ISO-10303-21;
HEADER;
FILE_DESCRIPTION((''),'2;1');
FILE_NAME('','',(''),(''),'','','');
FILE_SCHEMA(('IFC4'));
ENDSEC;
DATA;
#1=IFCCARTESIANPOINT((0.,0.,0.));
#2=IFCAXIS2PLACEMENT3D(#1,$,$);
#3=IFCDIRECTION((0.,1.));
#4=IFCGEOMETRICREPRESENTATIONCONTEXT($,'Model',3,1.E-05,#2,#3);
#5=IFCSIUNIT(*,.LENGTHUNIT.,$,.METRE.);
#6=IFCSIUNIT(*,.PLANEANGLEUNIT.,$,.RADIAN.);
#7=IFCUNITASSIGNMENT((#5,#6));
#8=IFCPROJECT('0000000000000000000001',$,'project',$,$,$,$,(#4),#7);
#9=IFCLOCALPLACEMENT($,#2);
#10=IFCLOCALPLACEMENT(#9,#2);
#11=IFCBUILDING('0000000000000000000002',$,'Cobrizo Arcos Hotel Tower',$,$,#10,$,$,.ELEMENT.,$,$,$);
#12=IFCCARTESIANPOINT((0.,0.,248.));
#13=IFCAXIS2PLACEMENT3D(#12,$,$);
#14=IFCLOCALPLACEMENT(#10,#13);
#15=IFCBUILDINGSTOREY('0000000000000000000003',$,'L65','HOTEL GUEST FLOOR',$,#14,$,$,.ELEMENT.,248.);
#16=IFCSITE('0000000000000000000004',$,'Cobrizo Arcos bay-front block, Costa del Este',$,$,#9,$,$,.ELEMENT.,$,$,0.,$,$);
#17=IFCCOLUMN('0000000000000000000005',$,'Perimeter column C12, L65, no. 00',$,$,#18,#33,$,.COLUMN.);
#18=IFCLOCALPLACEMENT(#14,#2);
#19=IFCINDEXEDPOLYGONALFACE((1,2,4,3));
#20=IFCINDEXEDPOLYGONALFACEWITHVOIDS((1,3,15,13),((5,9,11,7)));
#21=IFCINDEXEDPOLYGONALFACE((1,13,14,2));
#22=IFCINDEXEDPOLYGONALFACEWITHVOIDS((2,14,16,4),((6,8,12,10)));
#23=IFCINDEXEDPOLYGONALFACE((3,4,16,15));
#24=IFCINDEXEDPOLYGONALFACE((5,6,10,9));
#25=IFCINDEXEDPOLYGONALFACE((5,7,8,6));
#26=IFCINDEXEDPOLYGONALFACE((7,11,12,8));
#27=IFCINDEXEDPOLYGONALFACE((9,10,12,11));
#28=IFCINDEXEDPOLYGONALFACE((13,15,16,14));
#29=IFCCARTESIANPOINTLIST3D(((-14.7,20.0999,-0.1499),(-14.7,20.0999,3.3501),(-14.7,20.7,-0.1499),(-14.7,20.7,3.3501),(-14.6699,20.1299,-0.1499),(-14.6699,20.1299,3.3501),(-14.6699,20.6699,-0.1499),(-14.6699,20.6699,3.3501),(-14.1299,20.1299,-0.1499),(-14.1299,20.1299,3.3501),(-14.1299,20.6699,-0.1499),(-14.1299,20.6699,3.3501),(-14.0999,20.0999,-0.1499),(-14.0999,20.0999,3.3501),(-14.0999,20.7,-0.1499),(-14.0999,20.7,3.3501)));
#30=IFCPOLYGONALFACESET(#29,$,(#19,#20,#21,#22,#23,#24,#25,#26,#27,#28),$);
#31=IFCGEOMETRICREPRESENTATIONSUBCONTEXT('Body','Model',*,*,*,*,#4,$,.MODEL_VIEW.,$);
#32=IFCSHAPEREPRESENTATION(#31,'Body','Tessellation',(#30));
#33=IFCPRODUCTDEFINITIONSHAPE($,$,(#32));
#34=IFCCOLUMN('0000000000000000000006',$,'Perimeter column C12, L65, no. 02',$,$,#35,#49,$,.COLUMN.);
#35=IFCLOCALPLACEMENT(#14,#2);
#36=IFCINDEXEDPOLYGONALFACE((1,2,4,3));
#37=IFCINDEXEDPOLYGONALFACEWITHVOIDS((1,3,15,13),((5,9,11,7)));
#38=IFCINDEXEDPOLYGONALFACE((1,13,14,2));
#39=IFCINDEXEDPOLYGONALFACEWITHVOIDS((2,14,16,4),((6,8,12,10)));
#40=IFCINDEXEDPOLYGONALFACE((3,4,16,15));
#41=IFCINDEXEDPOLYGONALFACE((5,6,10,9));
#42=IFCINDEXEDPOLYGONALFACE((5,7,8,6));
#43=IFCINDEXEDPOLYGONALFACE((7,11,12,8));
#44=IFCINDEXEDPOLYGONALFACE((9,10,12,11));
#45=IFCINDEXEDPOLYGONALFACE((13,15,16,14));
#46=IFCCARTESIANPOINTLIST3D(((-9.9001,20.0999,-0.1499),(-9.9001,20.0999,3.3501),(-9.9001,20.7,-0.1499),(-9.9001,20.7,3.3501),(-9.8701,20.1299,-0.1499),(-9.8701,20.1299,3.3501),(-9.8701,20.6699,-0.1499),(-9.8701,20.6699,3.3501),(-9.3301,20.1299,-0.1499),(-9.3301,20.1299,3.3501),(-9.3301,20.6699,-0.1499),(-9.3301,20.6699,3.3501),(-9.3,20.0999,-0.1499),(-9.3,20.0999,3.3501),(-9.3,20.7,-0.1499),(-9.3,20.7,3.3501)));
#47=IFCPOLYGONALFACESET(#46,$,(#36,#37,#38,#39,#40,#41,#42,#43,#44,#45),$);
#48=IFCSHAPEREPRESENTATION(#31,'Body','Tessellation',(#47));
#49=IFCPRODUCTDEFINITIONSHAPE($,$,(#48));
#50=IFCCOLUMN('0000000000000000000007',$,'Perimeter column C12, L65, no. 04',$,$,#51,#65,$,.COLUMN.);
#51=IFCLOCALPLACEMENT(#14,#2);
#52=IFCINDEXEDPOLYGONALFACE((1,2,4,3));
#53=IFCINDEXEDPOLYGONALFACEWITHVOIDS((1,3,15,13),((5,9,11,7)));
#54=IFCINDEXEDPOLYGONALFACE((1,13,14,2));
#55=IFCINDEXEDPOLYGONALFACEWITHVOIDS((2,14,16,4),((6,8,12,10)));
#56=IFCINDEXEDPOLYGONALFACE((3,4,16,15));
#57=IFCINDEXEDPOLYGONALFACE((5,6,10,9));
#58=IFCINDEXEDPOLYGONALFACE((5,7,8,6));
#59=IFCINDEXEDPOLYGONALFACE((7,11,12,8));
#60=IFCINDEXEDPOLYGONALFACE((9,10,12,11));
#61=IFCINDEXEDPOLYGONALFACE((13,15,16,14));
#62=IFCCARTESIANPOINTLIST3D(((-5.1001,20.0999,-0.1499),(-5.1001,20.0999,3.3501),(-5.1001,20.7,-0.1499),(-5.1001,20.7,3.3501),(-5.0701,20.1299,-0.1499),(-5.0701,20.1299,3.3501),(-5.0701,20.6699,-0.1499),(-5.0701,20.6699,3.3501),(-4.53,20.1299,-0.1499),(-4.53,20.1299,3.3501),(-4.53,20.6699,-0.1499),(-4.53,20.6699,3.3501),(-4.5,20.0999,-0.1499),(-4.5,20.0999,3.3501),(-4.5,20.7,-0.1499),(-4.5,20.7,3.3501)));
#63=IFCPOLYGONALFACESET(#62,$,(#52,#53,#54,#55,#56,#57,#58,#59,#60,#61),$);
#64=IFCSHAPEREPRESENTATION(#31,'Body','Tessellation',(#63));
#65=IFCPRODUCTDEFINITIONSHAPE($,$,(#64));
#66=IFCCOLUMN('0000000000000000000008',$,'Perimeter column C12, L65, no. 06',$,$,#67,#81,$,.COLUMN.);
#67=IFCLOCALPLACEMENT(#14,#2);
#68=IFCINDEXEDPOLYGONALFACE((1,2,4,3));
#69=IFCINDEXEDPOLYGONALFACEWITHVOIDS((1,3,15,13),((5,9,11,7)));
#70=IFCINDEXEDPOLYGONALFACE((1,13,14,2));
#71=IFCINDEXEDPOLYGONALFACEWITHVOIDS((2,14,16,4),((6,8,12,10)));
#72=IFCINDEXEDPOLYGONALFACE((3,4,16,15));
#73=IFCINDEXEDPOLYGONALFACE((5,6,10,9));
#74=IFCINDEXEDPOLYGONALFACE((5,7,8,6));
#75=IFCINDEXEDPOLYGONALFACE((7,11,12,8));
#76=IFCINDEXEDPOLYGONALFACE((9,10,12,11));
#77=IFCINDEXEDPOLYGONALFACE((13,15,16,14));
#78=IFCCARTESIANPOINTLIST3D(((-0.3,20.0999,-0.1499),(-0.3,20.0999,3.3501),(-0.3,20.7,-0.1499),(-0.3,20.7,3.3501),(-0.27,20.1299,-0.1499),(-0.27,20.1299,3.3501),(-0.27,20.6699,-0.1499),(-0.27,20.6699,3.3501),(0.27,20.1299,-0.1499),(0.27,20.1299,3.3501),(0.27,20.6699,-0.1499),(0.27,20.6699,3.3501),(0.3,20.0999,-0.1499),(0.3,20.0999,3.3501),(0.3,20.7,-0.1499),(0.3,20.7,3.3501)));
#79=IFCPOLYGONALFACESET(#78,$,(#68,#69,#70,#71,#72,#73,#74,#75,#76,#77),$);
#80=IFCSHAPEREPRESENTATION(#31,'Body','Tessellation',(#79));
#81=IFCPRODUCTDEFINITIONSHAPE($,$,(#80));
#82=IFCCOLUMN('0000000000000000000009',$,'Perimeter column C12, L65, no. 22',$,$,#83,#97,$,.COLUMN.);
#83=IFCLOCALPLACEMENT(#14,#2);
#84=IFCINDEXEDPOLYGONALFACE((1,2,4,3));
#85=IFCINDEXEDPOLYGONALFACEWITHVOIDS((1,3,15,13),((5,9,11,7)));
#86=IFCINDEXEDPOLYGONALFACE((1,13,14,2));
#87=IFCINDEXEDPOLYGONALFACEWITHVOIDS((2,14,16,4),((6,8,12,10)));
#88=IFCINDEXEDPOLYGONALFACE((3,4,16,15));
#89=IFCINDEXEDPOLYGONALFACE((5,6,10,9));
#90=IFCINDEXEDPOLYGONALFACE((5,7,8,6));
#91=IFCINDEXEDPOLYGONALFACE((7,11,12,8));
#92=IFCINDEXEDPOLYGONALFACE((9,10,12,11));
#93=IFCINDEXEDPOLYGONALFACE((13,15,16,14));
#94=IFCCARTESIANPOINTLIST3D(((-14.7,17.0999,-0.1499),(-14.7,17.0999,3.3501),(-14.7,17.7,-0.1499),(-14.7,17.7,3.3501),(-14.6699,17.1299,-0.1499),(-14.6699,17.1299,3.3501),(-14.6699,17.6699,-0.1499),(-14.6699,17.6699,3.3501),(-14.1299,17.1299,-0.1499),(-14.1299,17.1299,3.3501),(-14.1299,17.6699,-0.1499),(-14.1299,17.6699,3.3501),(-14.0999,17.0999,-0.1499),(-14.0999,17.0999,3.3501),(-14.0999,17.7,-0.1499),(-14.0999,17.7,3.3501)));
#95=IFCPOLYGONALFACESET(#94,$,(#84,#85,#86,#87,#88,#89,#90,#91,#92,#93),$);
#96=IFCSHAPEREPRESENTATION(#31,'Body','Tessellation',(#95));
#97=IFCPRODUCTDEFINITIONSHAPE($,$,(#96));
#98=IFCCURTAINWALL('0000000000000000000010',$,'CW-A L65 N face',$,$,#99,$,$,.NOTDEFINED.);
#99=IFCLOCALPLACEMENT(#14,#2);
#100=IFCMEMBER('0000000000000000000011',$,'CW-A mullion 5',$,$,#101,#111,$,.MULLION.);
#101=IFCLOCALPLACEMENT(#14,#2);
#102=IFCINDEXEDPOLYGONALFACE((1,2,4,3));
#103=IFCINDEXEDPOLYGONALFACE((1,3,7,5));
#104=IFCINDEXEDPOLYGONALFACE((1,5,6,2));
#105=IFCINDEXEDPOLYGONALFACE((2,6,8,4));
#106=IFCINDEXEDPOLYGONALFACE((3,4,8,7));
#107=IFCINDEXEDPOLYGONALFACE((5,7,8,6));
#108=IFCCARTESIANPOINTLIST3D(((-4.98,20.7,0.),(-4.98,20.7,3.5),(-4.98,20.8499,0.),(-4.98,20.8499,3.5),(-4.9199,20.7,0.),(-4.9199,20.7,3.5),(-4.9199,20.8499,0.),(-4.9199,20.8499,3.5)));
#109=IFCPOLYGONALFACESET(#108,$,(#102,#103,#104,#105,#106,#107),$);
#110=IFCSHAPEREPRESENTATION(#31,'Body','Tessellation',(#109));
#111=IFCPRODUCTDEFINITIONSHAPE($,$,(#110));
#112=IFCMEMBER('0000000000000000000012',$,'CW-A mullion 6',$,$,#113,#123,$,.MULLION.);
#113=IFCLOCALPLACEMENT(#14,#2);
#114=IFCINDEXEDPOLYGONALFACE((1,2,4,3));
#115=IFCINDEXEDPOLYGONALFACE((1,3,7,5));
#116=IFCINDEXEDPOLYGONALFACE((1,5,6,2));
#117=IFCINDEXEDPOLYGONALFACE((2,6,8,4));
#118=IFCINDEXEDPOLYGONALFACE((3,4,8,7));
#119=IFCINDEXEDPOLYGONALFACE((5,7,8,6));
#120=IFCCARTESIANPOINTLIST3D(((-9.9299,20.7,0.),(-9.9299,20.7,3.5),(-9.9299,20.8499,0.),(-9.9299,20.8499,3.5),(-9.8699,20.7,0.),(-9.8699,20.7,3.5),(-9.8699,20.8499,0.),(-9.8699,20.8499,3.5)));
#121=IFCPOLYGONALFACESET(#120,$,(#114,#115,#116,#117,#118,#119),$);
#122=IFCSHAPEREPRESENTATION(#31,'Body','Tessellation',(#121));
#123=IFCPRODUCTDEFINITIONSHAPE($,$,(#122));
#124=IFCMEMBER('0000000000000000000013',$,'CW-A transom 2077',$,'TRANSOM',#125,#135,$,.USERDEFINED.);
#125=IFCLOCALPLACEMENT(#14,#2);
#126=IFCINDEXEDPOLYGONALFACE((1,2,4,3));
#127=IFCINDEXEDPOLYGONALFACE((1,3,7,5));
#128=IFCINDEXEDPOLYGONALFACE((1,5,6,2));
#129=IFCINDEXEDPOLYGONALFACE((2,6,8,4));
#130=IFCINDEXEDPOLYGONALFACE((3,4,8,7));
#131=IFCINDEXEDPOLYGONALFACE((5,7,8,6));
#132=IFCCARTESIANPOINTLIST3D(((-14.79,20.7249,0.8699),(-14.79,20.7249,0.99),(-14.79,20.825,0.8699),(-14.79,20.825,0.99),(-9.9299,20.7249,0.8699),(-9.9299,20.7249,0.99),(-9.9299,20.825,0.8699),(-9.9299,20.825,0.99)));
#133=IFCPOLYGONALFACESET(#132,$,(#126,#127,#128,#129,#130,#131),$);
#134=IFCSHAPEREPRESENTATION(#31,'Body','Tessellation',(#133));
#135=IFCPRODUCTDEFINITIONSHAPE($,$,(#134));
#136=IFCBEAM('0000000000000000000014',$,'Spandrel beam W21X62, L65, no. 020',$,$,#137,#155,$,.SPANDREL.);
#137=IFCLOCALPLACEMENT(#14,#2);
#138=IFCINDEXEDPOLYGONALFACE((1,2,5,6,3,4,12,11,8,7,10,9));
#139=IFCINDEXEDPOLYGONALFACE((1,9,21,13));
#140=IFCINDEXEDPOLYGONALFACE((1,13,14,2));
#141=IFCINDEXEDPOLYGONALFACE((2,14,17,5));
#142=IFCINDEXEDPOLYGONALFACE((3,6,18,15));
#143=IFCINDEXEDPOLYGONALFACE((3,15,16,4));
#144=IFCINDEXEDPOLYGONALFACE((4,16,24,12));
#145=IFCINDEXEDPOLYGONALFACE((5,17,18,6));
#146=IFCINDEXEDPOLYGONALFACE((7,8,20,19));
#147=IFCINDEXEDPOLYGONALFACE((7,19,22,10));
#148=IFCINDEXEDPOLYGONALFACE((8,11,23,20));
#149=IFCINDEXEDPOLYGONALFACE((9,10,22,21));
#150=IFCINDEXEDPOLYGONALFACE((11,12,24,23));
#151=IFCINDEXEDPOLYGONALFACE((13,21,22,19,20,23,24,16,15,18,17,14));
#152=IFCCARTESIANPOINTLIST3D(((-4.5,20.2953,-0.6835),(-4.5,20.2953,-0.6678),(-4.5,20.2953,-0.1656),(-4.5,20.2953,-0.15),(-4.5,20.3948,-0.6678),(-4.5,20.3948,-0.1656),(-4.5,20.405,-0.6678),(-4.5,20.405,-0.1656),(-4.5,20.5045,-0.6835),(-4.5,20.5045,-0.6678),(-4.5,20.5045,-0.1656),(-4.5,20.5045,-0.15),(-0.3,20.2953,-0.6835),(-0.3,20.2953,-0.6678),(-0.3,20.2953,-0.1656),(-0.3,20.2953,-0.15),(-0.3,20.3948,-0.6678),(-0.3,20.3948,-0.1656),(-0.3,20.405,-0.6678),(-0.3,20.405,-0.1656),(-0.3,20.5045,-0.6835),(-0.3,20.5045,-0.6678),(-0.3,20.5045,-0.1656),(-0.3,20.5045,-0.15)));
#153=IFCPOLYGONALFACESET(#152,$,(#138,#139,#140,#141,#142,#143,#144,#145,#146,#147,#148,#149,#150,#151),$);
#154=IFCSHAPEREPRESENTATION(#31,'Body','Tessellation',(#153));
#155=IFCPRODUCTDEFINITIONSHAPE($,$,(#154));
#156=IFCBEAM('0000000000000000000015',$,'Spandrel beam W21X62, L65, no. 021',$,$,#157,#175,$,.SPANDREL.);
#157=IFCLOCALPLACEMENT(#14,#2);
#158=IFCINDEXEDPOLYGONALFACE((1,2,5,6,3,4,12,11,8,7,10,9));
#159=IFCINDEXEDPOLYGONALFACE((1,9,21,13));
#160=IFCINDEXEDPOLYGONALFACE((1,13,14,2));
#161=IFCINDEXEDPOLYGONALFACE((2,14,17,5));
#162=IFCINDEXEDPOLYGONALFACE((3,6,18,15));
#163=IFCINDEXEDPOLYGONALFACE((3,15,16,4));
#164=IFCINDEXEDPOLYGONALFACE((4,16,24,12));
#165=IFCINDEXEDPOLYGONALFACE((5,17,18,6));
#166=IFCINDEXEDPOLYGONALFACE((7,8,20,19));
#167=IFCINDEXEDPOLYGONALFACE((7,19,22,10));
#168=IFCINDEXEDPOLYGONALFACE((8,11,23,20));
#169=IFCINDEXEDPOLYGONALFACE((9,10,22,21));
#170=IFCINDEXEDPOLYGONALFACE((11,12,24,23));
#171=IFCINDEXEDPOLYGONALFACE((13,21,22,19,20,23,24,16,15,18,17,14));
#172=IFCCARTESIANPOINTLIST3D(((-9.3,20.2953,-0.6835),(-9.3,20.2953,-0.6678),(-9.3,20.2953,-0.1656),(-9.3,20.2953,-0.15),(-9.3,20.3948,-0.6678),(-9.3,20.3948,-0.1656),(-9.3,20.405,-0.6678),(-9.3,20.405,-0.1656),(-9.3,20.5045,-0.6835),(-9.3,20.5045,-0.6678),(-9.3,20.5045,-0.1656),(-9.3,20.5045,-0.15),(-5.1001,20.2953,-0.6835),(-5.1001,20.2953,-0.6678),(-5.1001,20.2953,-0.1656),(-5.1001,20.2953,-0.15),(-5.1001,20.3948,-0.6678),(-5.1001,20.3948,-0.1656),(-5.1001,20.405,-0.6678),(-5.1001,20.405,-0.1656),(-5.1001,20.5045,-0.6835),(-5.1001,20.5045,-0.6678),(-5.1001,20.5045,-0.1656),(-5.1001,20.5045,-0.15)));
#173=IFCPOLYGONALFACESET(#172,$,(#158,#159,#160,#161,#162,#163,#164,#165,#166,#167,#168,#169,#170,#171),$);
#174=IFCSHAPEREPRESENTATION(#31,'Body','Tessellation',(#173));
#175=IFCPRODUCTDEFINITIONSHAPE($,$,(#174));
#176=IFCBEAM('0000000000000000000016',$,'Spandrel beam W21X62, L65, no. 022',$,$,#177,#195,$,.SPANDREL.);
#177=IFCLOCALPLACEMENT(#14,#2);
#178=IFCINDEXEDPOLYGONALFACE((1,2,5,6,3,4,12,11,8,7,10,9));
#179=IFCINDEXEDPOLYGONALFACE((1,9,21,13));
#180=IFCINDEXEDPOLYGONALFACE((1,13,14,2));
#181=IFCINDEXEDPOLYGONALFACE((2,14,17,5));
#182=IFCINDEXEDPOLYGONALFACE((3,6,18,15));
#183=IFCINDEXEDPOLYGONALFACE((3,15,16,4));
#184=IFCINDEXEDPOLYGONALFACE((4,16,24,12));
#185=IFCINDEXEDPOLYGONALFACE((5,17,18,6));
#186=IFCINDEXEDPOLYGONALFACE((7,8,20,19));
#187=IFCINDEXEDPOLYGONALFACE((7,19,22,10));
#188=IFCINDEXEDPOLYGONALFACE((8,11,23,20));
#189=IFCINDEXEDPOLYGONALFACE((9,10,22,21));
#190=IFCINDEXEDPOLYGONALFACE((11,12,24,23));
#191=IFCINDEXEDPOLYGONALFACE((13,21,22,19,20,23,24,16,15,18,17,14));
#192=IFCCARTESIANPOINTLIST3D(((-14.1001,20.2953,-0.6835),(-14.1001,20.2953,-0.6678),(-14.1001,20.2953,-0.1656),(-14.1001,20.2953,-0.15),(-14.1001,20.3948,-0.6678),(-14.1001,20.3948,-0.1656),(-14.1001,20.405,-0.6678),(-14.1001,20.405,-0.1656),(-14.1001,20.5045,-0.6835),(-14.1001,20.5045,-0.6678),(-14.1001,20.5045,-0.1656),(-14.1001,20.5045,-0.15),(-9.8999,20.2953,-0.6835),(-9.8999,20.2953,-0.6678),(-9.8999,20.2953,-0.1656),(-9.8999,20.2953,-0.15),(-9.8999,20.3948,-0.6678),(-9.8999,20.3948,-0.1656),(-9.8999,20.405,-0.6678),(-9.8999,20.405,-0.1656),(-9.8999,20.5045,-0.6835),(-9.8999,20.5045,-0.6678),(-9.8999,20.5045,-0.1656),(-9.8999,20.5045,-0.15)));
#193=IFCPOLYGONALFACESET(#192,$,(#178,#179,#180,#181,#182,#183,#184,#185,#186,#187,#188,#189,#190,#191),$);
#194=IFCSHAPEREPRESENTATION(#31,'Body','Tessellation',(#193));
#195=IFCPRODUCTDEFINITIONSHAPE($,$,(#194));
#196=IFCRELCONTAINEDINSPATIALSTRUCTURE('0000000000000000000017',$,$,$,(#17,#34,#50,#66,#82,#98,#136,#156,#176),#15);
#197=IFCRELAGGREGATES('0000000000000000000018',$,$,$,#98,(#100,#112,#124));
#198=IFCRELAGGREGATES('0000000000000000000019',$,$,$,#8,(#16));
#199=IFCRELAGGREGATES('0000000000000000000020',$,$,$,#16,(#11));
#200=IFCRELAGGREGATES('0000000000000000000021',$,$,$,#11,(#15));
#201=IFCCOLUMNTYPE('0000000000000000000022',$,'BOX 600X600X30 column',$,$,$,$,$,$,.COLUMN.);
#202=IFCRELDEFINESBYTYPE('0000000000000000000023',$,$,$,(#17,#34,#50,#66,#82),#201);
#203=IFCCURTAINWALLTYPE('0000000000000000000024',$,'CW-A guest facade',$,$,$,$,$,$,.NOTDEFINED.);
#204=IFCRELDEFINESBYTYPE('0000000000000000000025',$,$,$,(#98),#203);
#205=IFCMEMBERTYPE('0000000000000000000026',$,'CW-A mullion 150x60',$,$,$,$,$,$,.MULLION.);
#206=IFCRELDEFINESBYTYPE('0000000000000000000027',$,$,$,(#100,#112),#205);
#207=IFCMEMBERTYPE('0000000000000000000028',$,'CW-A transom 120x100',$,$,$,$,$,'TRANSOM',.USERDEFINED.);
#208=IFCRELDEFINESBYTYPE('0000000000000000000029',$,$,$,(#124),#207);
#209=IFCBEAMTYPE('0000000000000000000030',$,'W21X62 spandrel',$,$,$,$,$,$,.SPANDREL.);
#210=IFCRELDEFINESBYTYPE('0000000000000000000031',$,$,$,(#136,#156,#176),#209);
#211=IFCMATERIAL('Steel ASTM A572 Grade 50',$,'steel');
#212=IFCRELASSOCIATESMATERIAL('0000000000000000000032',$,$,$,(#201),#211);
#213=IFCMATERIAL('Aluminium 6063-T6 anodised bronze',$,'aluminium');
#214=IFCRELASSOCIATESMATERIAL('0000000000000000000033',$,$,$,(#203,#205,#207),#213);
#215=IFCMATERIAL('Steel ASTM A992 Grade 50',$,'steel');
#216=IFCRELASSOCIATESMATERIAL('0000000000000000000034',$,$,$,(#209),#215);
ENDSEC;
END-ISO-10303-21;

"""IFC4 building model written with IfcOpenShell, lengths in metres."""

from ifc_helpers import new_model, si_unit, direction, frame, origin, origin_2d, place, context, subcontext, project, spatial, rectangle, hollow_rectangle, i_section, extrude, material, material_profile, profile_set, type_object, element, aggregate, save


model = new_model("IFC4")

# Units and contexts
model_context = context("Model", 3, precision=1e-05, world=origin(), true_north=direction((0.0, 1.0)))
body_context = subcontext(model_context, "Body", "Model", "MODEL_VIEW")
ifc_project = project(units=[si_unit("LENGTHUNIT", "METRE"), si_unit("PLANEANGLEUNIT", "RADIAN")], contexts=[model_context])

# Site, building, storey
site_placement = place(None, origin())
site = spatial("IfcSite", under=ifc_project, at=site_placement, Name="Cobrizo Arcos bay-front block, Costa del Este", CompositionType="ELEMENT", RefElevation=0.0)
building_placement = place(site_placement, origin())
building = spatial("IfcBuilding", under=site, at=building_placement, Name="Cobrizo Arcos Hotel Tower", CompositionType="ELEMENT")
storey_placement = place(building_placement, frame((0.0, 0.0, 248.0)))
storey = spatial("IfcBuildingStorey", under=building, at=storey_placement, Name="L65", Description="HOTEL GUEST FLOOR", CompositionType="ELEMENT", Elevation=248.0)

# Columns
ifc_material_1 = material(Name="Steel ASTM A572 Grade 50", Category="steel")
ifc_material_profile_1 = material_profile(ifc_material_1, hollow_rectangle(XDim=0.6001, YDim=0.6001, WallThickness=0.03, at=origin_2d()), Name="BOX 600X600X30")
ifc_profile_set_1 = profile_set([ifc_material_profile_1], Name="Steel ASTM A572 Grade 50")
column_type = type_object("IfcColumnType", Name="BOX 600X600X30 column", PredefinedType="COLUMN", material=ifc_profile_set_1)
for number, where, z_axis, x_axis, name in (
    (1, (-14.3999, 20.3999, -0.1499), (0.0, 0.0, 1.0), (1.0, 0.0, 0.0), "Perimeter column C12, L65, no. 00"),
    (2, (-9.6001, 20.3999, -0.1499), (0.0, 0.0, 1.0), (1.0, 0.0, 0.0), "Perimeter column C12, L65, no. 02"),
    (3, (-4.8, 20.3999, -0.1499), (0.0, 0.0, 1.0), (1.0, 0.0, 0.0), "Perimeter column C12, L65, no. 04"),
    (4, (0.0, 20.3999, -0.1499), (0.0, 0.0, 1.0), (1.0, 0.0, 0.0), "Perimeter column C12, L65, no. 06"),
    (5, (-14.3999, 17.3999, -0.1499), (0.0, 0.0, 1.0), (1.0, 0.0, 0.0), "Perimeter column C12, L65, no. 22"),
):
    element("IfcColumn", number, at=place(storey_placement, frame(where, z_axis=z_axis, x_axis=x_axis)), inside=storey, type_object=column_type, Name=name, PredefinedType="COLUMN", context=body_context, shape_type="SweptSolid", body=[
        extrude(hollow_rectangle(XDim=0.6001, YDim=0.6001, WallThickness=0.03, at=origin_2d()), origin(), (0.0, 0.0, 1.0), 3.5),
    ])

# Curtain wall, members
ifc_material_2 = material(Name="Aluminium 6063-T6 anodised bronze", Category="aluminium")
curtain_wall_type = type_object("IfcCurtainWallType", Name="CW-A guest facade", PredefinedType="NOTDEFINED", material=ifc_material_2)
curtain_wall_placement = place(storey_placement, origin())
curtain_wall = element("IfcCurtainWall", 6, at=curtain_wall_placement, inside=storey, type_object=curtain_wall_type, Name="CW-A L65 N face", PredefinedType="NOTDEFINED")
ifc_material_profile_2 = material_profile(ifc_material_2, rectangle(XDim=0.1499, YDim=0.0601, at=origin_2d()), Name="CW-A mullion 150x60")
ifc_profile_set_2 = profile_set([ifc_material_profile_2], Name="Aluminium 6063-T6 anodised bronze")
member_type_1 = type_object("IfcMemberType", Name="CW-A mullion 150x60", PredefinedType="MULLION", material=ifc_profile_set_2)
member_1_placement = place(storey_placement, frame((-4.95, 20.7749, 0.0), z_axis=(0.0, 0.0, 1.0), x_axis=(0.0, 1.0, 0.0)))
member_1 = element("IfcMember", 7, at=member_1_placement, type_object=member_type_1, Name="CW-A mullion 5", PredefinedType="MULLION", context=body_context, shape_type="SweptSolid", body=[
    extrude(rectangle(XDim=0.1499, YDim=0.0601, at=origin_2d()), origin(), (0.0, 0.0, 1.0), 3.5),
])
member_2_placement = place(storey_placement, frame((-9.8999, 20.7749, 0.0), z_axis=(0.0, 0.0, 1.0), x_axis=(0.0, 1.0, 0.0)))
member_2 = element("IfcMember", 8, at=member_2_placement, type_object=member_type_1, Name="CW-A mullion 6", PredefinedType="MULLION", context=body_context, shape_type="SweptSolid", body=[
    extrude(rectangle(XDim=0.1499, YDim=0.0601, at=origin_2d()), origin(), (0.0, 0.0, 1.0), 3.5),
])
ifc_material_profile_3 = material_profile(ifc_material_2, rectangle(XDim=0.1001, YDim=0.1201, at=origin_2d()), Name="CW-A transom 120x100")
ifc_profile_set_3 = profile_set([ifc_material_profile_3], Name="Aluminium 6063-T6 anodised bronze")
member_type_2 = type_object("IfcMemberType", Name="CW-A transom 120x100", ElementType="TRANSOM", PredefinedType="USERDEFINED", material=ifc_profile_set_3)
member_3_placement = place(storey_placement, frame((-9.9299, 20.7749, 0.9299), z_axis=(-1.0, 0.0, 0.0), x_axis=(0.0, -1.0, 0.0)))
member_3 = element("IfcMember", 9, at=member_3_placement, type_object=member_type_2, Name="CW-A transom 2077", ObjectType="TRANSOM", PredefinedType="USERDEFINED", context=body_context, shape_type="SweptSolid", body=[
    extrude(rectangle(XDim=0.1001, YDim=0.1201, at=origin_2d()), origin(), (0.0, 0.0, 1.0), 4.8601),
])

# Beams
ifc_material_3 = material(Name="Steel ASTM A992 Grade 50", Category="steel")
ifc_material_profile_4 = material_profile(ifc_material_3, i_section(OverallWidth=0.2092, OverallDepth=0.5334, WebThickness=0.0103, FlangeThickness=0.0156, at=origin_2d()), Name="W21X62")
ifc_profile_set_4 = profile_set([ifc_material_profile_4], Name="Steel ASTM A992 Grade 50")
beam_type = type_object("IfcBeamType", Name="W21X62 spandrel", PredefinedType="SPANDREL", material=ifc_profile_set_4)
for number, where, z_axis, x_axis, name in (
    (10, (-0.3, 20.3999, -0.4167), (-1.0, 0.0, 0.0), (0.0, -1.0, 0.0), "Spandrel beam W21X62, L65, no. 020"),
    (11, (-5.1001, 20.3999, -0.4167), (-1.0, 0.0, 0.0), (0.0, -1.0, 0.0), "Spandrel beam W21X62, L65, no. 021"),
):
    element("IfcBeam", number, at=place(storey_placement, frame(where, z_axis=z_axis, x_axis=x_axis)), inside=storey, type_object=beam_type, Name=name, PredefinedType="SPANDREL", context=body_context, shape_type="SweptSolid", body=[
        extrude(i_section(OverallWidth=0.2092, OverallDepth=0.5334, WebThickness=0.0103, FlangeThickness=0.0156, at=origin_2d()), origin(), (0.0, 0.0, 1.0), 4.2),
    ])
beam_1_placement = place(storey_placement, frame((-9.8999, 20.3999, -0.4167), z_axis=(-1.0, 0.0, 0.0), x_axis=(0.0, -1.0, 0.0)))
element("IfcBeam", 12, at=beam_1_placement, inside=storey, type_object=beam_type, Name="Spandrel beam W21X62, L65, no. 022", PredefinedType="SPANDREL", context=body_context, shape_type="SweptSolid", body=[
    extrude(i_section(OverallWidth=0.2092, OverallDepth=0.5334, WebThickness=0.0103, FlangeThickness=0.0156, at=origin_2d()), origin(), (0.0, 0.0, 1.0), 4.2002),
])

aggregate(curtain_wall, [member_1, member_2, member_3])

save(model, "model.ifc")
